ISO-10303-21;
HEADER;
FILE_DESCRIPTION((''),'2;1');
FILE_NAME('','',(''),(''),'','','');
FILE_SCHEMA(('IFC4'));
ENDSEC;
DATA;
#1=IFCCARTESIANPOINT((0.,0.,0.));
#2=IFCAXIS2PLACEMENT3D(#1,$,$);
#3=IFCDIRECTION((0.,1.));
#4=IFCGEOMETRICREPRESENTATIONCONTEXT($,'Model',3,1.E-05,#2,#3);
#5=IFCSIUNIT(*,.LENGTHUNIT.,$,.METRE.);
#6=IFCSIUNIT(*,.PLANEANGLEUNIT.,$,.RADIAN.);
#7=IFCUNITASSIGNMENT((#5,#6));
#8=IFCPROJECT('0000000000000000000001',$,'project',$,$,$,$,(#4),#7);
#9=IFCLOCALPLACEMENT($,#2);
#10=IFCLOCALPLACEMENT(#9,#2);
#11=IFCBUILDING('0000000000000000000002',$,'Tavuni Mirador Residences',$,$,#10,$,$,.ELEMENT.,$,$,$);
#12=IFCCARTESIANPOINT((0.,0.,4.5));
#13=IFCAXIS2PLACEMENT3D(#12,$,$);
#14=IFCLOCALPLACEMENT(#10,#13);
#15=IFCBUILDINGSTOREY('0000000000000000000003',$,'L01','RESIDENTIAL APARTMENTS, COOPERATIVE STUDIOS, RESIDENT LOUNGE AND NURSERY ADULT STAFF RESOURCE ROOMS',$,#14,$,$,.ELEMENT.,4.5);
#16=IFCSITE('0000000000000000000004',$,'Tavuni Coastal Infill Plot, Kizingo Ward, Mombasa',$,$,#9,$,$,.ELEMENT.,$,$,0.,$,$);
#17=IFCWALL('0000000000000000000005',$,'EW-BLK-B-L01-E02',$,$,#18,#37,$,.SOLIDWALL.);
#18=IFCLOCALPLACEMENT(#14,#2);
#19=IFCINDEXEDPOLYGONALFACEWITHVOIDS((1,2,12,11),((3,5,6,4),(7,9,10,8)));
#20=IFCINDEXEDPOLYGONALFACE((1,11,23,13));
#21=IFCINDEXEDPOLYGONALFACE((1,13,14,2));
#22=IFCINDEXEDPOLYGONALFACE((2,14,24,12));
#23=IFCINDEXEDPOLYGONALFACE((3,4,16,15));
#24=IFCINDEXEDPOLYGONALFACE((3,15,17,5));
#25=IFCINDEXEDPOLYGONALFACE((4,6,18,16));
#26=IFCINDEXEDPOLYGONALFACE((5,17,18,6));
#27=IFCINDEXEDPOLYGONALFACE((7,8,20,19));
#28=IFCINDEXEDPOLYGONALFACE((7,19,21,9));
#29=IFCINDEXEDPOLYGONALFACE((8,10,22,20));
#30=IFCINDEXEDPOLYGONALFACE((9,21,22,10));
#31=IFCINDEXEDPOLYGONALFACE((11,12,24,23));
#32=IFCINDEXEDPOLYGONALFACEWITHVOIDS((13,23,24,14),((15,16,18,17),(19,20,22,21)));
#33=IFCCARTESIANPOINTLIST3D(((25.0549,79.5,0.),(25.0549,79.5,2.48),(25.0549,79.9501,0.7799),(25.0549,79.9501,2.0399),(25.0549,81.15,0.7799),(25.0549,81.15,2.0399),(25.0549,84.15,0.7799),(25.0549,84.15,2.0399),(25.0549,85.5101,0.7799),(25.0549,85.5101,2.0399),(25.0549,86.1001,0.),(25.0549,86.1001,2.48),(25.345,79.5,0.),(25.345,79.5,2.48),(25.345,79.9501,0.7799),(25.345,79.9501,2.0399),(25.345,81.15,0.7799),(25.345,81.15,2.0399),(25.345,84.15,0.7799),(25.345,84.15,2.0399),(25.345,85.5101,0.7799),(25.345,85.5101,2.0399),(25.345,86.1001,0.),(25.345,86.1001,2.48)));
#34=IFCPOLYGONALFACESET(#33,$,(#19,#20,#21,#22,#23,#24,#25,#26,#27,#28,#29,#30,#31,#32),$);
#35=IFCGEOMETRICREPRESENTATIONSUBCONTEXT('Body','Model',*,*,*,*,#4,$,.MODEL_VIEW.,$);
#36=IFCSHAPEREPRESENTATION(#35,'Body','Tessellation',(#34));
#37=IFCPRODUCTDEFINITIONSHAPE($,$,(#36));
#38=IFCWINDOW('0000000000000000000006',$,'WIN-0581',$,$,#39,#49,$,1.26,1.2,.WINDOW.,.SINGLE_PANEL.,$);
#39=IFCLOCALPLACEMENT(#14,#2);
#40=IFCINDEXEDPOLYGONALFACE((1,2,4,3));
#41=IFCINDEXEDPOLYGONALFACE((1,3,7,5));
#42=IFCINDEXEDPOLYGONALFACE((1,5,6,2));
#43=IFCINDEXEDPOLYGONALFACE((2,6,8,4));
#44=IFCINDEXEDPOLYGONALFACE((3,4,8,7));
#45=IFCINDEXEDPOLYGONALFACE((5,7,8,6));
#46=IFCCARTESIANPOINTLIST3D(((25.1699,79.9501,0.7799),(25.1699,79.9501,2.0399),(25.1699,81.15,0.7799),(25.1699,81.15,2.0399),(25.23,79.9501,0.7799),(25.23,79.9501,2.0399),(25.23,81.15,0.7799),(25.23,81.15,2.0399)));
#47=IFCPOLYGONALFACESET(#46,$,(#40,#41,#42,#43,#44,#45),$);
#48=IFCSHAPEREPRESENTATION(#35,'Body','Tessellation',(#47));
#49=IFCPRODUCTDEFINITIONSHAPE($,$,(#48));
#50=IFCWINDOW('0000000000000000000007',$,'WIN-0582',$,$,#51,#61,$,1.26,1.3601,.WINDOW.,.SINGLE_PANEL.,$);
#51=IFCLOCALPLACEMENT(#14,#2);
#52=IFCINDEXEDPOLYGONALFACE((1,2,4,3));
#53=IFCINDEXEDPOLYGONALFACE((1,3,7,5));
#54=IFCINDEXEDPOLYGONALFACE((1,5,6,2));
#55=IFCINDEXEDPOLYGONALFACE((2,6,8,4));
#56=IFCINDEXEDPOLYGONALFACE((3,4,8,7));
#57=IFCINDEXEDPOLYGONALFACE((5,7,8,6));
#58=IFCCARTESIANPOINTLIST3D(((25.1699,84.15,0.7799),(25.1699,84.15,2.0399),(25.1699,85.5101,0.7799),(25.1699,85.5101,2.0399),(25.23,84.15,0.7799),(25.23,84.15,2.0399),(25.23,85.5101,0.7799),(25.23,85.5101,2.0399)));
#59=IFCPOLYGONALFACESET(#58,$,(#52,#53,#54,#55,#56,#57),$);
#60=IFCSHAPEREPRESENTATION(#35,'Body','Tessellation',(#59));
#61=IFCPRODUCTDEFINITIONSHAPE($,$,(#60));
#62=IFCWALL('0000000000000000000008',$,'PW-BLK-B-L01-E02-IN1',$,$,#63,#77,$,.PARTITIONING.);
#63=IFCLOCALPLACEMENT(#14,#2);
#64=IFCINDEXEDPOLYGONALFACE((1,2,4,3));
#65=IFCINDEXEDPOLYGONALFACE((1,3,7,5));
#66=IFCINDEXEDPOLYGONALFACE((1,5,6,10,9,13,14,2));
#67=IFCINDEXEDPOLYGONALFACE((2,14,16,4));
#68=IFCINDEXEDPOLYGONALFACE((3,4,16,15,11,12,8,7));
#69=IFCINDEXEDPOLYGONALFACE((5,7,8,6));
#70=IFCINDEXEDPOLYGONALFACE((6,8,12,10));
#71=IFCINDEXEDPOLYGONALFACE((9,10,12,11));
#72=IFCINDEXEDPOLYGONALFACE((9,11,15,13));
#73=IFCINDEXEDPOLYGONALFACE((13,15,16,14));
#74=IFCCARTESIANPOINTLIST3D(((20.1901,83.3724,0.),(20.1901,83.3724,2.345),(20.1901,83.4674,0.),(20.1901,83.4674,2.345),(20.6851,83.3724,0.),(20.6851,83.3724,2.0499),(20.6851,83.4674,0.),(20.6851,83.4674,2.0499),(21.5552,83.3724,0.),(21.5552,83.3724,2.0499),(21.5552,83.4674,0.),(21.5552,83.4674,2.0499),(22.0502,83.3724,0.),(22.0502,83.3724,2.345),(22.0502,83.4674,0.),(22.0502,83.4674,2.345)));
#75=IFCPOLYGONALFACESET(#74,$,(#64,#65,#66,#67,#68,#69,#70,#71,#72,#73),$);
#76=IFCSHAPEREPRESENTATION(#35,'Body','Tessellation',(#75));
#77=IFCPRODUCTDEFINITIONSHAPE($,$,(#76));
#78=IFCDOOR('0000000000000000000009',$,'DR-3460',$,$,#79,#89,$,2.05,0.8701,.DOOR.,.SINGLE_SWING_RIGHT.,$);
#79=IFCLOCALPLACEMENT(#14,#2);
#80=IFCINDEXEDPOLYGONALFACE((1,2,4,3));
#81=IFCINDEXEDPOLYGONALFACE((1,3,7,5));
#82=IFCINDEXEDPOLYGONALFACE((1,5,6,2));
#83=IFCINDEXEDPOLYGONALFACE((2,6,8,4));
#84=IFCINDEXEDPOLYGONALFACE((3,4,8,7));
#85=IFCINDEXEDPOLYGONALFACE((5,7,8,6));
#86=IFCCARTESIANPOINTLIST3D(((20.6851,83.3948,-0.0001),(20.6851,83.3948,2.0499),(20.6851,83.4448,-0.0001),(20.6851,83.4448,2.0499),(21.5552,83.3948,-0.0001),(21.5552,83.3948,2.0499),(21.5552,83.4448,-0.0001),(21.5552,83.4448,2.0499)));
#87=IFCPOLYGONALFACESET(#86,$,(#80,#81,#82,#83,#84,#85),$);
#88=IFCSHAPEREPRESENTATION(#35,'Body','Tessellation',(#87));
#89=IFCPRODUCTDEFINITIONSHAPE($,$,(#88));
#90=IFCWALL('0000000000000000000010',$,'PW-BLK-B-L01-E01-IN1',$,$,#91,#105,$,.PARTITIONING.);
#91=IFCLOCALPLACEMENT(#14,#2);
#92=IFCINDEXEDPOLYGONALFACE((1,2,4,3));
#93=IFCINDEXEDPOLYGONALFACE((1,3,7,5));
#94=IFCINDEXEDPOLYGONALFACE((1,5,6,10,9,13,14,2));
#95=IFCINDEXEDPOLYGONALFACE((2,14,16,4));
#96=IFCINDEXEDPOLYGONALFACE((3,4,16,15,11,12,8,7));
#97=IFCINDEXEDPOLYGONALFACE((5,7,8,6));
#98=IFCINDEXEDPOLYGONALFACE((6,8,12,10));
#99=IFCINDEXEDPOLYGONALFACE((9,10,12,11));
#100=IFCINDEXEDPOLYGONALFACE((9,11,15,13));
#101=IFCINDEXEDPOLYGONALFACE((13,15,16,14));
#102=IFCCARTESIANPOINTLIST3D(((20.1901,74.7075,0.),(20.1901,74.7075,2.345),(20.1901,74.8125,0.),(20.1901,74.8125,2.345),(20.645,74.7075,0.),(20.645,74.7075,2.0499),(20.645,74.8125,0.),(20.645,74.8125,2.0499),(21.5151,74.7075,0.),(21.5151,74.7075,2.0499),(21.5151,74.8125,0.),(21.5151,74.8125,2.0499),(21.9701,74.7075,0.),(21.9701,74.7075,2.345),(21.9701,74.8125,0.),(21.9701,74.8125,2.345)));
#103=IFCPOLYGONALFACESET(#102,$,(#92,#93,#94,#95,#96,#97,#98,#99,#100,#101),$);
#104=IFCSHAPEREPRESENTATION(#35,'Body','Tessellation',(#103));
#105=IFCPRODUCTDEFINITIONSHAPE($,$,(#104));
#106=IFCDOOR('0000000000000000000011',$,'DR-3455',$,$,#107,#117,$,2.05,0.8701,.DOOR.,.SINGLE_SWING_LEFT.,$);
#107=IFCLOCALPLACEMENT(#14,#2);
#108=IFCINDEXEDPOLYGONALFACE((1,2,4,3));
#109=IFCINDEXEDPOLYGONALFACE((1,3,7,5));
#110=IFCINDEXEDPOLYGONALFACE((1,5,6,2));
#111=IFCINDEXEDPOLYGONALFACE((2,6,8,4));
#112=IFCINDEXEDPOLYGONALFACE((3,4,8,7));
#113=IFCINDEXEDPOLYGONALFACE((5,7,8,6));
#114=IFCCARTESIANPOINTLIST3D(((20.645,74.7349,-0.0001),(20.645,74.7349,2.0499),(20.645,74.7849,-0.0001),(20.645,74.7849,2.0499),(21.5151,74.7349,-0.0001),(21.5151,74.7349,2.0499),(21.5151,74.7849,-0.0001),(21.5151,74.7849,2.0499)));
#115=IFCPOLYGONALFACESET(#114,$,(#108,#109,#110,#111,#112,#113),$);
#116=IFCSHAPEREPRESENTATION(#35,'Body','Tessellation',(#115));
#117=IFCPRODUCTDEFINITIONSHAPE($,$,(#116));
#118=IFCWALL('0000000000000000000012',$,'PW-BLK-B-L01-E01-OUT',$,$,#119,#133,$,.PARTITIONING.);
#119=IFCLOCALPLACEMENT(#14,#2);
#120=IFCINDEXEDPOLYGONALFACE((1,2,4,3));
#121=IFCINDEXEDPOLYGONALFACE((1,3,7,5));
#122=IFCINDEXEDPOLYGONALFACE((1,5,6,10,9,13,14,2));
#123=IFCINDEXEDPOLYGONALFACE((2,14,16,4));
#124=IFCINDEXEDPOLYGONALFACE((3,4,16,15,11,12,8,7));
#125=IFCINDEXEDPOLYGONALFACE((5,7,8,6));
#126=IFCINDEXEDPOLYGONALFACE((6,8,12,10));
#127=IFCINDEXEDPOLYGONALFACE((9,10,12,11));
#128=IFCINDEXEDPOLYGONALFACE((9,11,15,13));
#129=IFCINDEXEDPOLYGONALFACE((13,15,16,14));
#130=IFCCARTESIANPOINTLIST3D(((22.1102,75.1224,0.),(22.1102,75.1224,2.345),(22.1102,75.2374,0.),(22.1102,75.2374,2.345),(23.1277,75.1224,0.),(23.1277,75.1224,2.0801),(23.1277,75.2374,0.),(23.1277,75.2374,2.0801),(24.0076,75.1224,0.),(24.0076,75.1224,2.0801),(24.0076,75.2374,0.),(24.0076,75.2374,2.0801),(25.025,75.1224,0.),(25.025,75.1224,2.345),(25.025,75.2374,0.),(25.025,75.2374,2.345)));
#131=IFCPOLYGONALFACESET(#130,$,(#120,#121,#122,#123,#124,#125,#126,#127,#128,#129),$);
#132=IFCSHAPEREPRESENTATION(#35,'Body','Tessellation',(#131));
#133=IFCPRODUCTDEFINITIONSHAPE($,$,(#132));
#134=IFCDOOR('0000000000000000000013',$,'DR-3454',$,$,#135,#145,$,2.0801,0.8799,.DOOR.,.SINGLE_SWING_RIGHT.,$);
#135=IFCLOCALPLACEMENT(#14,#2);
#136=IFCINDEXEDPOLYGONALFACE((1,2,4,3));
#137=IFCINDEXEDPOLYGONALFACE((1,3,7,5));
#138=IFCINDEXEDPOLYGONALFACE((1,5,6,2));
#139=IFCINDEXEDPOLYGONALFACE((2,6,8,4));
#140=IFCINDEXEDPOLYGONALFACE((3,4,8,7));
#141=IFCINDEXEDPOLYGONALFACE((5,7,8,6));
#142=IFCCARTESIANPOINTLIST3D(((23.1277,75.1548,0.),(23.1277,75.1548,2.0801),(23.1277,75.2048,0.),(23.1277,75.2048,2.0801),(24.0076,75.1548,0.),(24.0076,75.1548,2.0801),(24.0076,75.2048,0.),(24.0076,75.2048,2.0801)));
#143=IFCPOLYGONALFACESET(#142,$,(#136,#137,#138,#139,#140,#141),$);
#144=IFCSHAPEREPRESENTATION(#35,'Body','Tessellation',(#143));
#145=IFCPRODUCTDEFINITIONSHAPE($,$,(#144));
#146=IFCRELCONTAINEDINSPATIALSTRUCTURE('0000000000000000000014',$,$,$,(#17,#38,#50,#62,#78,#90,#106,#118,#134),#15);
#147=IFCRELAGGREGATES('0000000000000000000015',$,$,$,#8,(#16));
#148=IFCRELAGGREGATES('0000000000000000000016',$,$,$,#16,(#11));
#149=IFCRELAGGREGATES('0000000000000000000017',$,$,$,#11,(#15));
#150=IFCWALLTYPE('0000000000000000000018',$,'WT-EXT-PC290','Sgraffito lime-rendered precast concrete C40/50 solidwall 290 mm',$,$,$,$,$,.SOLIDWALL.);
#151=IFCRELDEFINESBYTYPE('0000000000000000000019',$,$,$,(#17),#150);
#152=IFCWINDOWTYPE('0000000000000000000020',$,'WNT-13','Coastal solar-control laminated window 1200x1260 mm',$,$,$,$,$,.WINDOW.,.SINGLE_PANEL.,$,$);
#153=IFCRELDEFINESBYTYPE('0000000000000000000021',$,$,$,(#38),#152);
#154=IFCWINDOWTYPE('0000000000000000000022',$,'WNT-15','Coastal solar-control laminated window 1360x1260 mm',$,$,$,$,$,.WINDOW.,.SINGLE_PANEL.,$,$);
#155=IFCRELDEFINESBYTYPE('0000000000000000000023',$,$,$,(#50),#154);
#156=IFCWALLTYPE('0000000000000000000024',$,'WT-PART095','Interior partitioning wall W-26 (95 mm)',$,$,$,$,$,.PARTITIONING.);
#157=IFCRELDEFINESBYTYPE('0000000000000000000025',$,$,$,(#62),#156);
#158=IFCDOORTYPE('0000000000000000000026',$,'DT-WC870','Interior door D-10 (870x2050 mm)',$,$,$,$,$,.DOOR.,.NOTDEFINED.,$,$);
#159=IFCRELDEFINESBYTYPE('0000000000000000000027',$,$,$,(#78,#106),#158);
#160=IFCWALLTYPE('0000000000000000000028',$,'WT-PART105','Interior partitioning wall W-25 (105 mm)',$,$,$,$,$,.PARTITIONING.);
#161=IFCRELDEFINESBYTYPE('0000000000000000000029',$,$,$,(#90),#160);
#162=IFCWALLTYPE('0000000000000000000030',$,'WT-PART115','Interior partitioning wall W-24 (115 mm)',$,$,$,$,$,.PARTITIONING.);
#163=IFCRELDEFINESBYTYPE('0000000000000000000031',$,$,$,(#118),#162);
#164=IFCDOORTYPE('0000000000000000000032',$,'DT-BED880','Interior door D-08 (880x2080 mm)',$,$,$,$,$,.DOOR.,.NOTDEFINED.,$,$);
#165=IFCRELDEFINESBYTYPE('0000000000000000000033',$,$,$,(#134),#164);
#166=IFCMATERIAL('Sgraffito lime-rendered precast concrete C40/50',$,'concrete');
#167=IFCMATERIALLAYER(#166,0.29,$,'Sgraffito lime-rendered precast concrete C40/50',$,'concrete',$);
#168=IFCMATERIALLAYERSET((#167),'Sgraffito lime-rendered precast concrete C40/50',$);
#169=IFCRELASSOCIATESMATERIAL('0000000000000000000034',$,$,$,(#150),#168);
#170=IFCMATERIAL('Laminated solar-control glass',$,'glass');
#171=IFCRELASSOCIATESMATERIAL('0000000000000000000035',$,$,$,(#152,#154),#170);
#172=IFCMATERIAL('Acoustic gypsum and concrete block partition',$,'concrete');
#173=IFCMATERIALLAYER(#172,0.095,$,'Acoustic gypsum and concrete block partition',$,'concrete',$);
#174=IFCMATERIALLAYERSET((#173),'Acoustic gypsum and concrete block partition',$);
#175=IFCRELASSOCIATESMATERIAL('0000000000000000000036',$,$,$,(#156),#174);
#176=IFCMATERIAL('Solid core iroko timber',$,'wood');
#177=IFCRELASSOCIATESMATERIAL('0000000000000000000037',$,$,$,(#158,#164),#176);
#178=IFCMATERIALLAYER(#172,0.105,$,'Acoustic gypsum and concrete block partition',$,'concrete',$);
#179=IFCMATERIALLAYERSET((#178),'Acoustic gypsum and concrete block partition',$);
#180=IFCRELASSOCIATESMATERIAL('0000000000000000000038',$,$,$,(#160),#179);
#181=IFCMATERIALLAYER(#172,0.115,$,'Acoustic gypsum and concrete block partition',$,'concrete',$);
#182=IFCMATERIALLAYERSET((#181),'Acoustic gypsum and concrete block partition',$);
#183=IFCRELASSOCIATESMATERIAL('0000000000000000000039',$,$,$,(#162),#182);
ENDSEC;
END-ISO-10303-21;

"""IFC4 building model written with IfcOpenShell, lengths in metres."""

from ifc_helpers import new_model, si_unit, direction, frame, frame_2d, origin, place, context, subcontext, project, spatial, rectangle, extrude, material, layer, layer_set, type_object, element, fill, save


model = new_model("IFC4")

# Units and contexts
model_context = context("Model", 3, precision=1e-05, world=origin(), true_north=direction((0.0, 1.0)))
body_context = subcontext(model_context, "Body", "Model", "MODEL_VIEW")
ifc_project = project(units=[si_unit("LENGTHUNIT", "METRE"), si_unit("PLANEANGLEUNIT", "RADIAN")], contexts=[model_context])

# Site, building, storey
site_placement = place(None, origin())
site = spatial("IfcSite", under=ifc_project, at=site_placement, Name="Tavuni Coastal Infill Plot, Kizingo Ward, Mombasa", CompositionType="ELEMENT", RefElevation=0.0)
building_placement = place(site_placement, origin())
building = spatial("IfcBuilding", under=site, at=building_placement, Name="Tavuni Mirador Residences", CompositionType="ELEMENT")
storey_placement = place(building_placement, frame((0.0, 0.0, 4.5)))
storey = spatial("IfcBuildingStorey", under=building, at=storey_placement, Name="L01", Description="RESIDENTIAL APARTMENTS, COOPERATIVE STUDIOS, RESIDENT LOUNGE AND NURSERY ADULT STAFF RESOURCE ROOMS", CompositionType="ELEMENT", Elevation=4.5)

# Shared definitions
ifc_material_1 = material(Name="Solid core iroko timber", Category="wood")

# Wall, openings, windows
ifc_material_2 = material(Name="Sgraffito lime-rendered precast concrete C40/50", Category="concrete")
ifc_layer_1 = layer(ifc_material_2, 0.29, Name="Sgraffito lime-rendered precast concrete C40/50", Category="concrete")
ifc_layer_set_1 = layer_set([ifc_layer_1], Name="Sgraffito lime-rendered precast concrete C40/50")
wall_type_1 = type_object("IfcWallType", Name="WT-EXT-PC290", Description="Sgraffito lime-rendered precast concrete C40/50 solidwall 290 mm", PredefinedType="SOLIDWALL", material=ifc_layer_set_1)
wall_1_placement = place(storey_placement, frame((25.2, 79.5, 0.0), z_axis=(0.0, 0.0, 1.0), x_axis=(0.0, 1.0, 0.0)))
wall_1 = element("IfcWall", 1, at=wall_1_placement, inside=storey, type_object=wall_type_1, Name="EW-BLK-B-L01-E02", PredefinedType="SOLIDWALL", context=body_context, shape_type="SweptSolid", body=[
    extrude(rectangle(XDim=6.6001, YDim=0.29, at=frame_2d((3.3, 0.0))), origin(), (0.0, 0.0, 1.0), 2.48),
])
opening_1_placement = place(wall_1_placement, frame((0.45, 0.0, 0.78)))
opening_1 = element("IfcOpeningElement", 2, at=opening_1_placement, cuts=wall_1, PredefinedType="OPENING", context=body_context, shape_type="SweptSolid", body=[
    extrude(rectangle(XDim=1.2, YDim=1.26, at=frame_2d((0.6001, 0.6299))), frame((0.0, 0.155, 0.0), z_axis=(0.0, -1.0, 0.0), x_axis=(1.0, 0.0, 0.0)), (0.0, 0.0, 1.0), 0.3101),
])
opening_2_placement = place(wall_1_placement, frame((4.6499, 0.0, 0.78)))
opening_2 = element("IfcOpeningElement", 3, at=opening_2_placement, cuts=wall_1, PredefinedType="OPENING", context=body_context, shape_type="SweptSolid", body=[
    extrude(rectangle(XDim=1.3601, YDim=1.26, at=frame_2d((0.6802, 0.6299))), frame((0.0, 0.155, 0.0), z_axis=(0.0, -1.0, 0.0), x_axis=(1.0, 0.0, 0.0)), (0.0, 0.0, 1.0), 0.3101),
])
ifc_material_3 = material(Name="Laminated solar-control glass", Category="glass")
window_type_1 = type_object("IfcWindowType", Name="WNT-13", Description="Coastal solar-control laminated window 1200x1260 mm", PartitioningType="SINGLE_PANEL", PredefinedType="WINDOW", material=ifc_material_3)
window_1_placement = place(opening_1_placement, origin())
window_1 = element("IfcWindow", 4, at=window_1_placement, inside=storey, type_object=window_type_1, Name="WIN-0581", OverallHeight=1.26, OverallWidth=1.2, PartitioningType="SINGLE_PANEL", PredefinedType="WINDOW", context=body_context, shape_type="SweptSolid", body=[
    extrude(rectangle(XDim=1.2, YDim=1.26, at=frame_2d((0.6001, 0.6299))), frame((0.0, 0.03, 0.0), z_axis=(0.0, -1.0, 0.0), x_axis=(1.0, 0.0, 0.0)), (0.0, 0.0, 1.0), 0.0601),
])
fill(opening_1, window_1)
window_type_2 = type_object("IfcWindowType", Name="WNT-15", Description="Coastal solar-control laminated window 1360x1260 mm", PartitioningType="SINGLE_PANEL", PredefinedType="WINDOW", material=ifc_material_3)
window_2_placement = place(opening_2_placement, origin())
window_2 = element("IfcWindow", 5, at=window_2_placement, inside=storey, type_object=window_type_2, Name="WIN-0582", OverallHeight=1.26, OverallWidth=1.3601, PartitioningType="SINGLE_PANEL", PredefinedType="WINDOW", context=body_context, shape_type="SweptSolid", body=[
    extrude(rectangle(XDim=1.3601, YDim=1.26, at=frame_2d((0.6802, 0.6299))), frame((0.0, 0.03, 0.0), z_axis=(0.0, -1.0, 0.0), x_axis=(1.0, 0.0, 0.0)), (0.0, 0.0, 1.0), 0.0601),
])
fill(opening_2, window_2)

# Walls, openings, doors
ifc_material_4 = material(Name="Acoustic gypsum and concrete block partition", Category="concrete")
ifc_layer_2 = layer(ifc_material_4, 0.095, Name="Acoustic gypsum and concrete block partition", Category="concrete")
ifc_layer_set_2 = layer_set([ifc_layer_2], Name="Acoustic gypsum and concrete block partition")
wall_type_2 = type_object("IfcWallType", Name="WT-PART095", Description="Interior partitioning wall W-26 (95 mm)", PredefinedType="PARTITIONING", material=ifc_layer_set_2)
wall_2_placement = place(storey_placement, frame((20.1899, 83.4199, 0.0), z_axis=(0.0, 0.0, 1.0), x_axis=(1.0, 0.0, 0.0)))
wall_2 = element("IfcWall", 6, at=wall_2_placement, inside=storey, type_object=wall_type_2, Name="PW-BLK-B-L01-E02-IN1", PredefinedType="PARTITIONING", context=body_context, shape_type="SweptSolid", body=[
    extrude(rectangle(XDim=1.8601, YDim=0.095, at=frame_2d((0.9302, 0.0))), origin(), (0.0, 0.0, 1.0), 2.345),
])
opening_3_placement = place(wall_2_placement, frame((0.4951, 0.0, 0.0)))
opening_3 = element("IfcOpeningElement", 7, at=opening_3_placement, cuts=wall_2, PredefinedType="OPENING", context=body_context, shape_type="SweptSolid", body=[
    extrude(rectangle(XDim=0.8701, YDim=2.05, at=frame_2d((0.4351, 1.0249))), frame((0.0, 0.0576, 0.0), z_axis=(0.0, -1.0, 0.0), x_axis=(1.0, 0.0, 0.0)), (0.0, 0.0, 1.0), 0.115),
])
door_type_1 = type_object("IfcDoorType", Name="DT-WC870", Description="Interior door D-10 (870x2050 mm)", OperationType="NOTDEFINED", PredefinedType="DOOR", material=ifc_material_1)
door_1_placement = place(opening_3_placement, origin())
door_1 = element("IfcDoor", 8, at=door_1_placement, inside=storey, type_object=door_type_1, Name="DR-3460", OperationType="SINGLE_SWING_RIGHT", OverallHeight=2.05, OverallWidth=0.8701, PredefinedType="DOOR", context=body_context, shape_type="SweptSolid", body=[
    extrude(rectangle(XDim=0.8701, YDim=2.05, at=frame_2d((0.4351, 1.0249))), frame((0.0, 0.0249, 0.0), z_axis=(0.0, -1.0, 0.0), x_axis=(1.0, 0.0, 0.0)), (0.0, 0.0, 1.0), 0.05),
])
fill(opening_3, door_1)
ifc_layer_3 = layer(ifc_material_4, 0.105, Name="Acoustic gypsum and concrete block partition", Category="concrete")
ifc_layer_set_3 = layer_set([ifc_layer_3], Name="Acoustic gypsum and concrete block partition")
wall_type_3 = type_object("IfcWallType", Name="WT-PART105", Description="Interior partitioning wall W-25 (105 mm)", PredefinedType="PARTITIONING", material=ifc_layer_set_3)
wall_3_placement = place(storey_placement, frame((20.1899, 74.76, 0.0), z_axis=(0.0, 0.0, 1.0), x_axis=(1.0, 0.0, 0.0)))
wall_3 = element("IfcWall", 9, at=wall_3_placement, inside=storey, type_object=wall_type_3, Name="PW-BLK-B-L01-E01-IN1", PredefinedType="PARTITIONING", context=body_context, shape_type="SweptSolid", body=[
    extrude(rectangle(XDim=1.78, YDim=0.105, at=frame_2d((0.8901, 0.0))), origin(), (0.0, 0.0, 1.0), 2.345),
])
opening_4_placement = place(wall_3_placement, frame((0.4551, 0.0, 0.0)))
opening_4 = element("IfcOpeningElement", 10, at=opening_4_placement, cuts=wall_3, PredefinedType="OPENING", context=body_context, shape_type="SweptSolid", body=[
    extrude(rectangle(XDim=0.8701, YDim=2.05, at=frame_2d((0.4351, 1.0249))), frame((0.0, 0.0625, 0.0), z_axis=(0.0, -1.0, 0.0), x_axis=(1.0, 0.0, 0.0)), (0.0, 0.0, 1.0), 0.125),
])
door_2_placement = place(opening_4_placement, origin())
door_2 = element("IfcDoor", 11, at=door_2_placement, inside=storey, type_object=door_type_1, Name="DR-3455", OperationType="SINGLE_SWING_LEFT", OverallHeight=2.05, OverallWidth=0.8701, PredefinedType="DOOR", context=body_context, shape_type="SweptSolid", body=[
    extrude(rectangle(XDim=0.8701, YDim=2.05, at=frame_2d((0.4351, 1.0249))), frame((0.0, 0.0249, 0.0), z_axis=(0.0, -1.0, 0.0), x_axis=(1.0, 0.0, 0.0)), (0.0, 0.0, 1.0), 0.05),
])
fill(opening_4, door_2)
ifc_layer_4 = layer(ifc_material_4, 0.115, Name="Acoustic gypsum and concrete block partition", Category="concrete")
ifc_layer_set_4 = layer_set([ifc_layer_4], Name="Acoustic gypsum and concrete block partition")
wall_type_4 = type_object("IfcWallType", Name="WT-PART115", Description="Interior partitioning wall W-24 (115 mm)", PredefinedType="PARTITIONING", material=ifc_layer_set_4)
wall_4_placement = place(storey_placement, frame((22.1101, 75.1799, 0.0), z_axis=(0.0, 0.0, 1.0), x_axis=(1.0, 0.0, 0.0)))
wall_4 = element("IfcWall", 12, at=wall_4_placement, inside=storey, type_object=wall_type_4, Name="PW-BLK-B-L01-E01-OUT", PredefinedType="PARTITIONING", context=body_context, shape_type="SweptSolid", body=[
    extrude(rectangle(XDim=2.9148, YDim=0.115, at=frame_2d((1.4575, 0.0))), origin(), (0.0, 0.0, 1.0), 2.345),
])
opening_5_placement = place(wall_4_placement, frame((1.0176, 0.0, 0.0)))
opening_5 = element("IfcOpeningElement", 13, at=opening_5_placement, cuts=wall_4, PredefinedType="OPENING", context=body_context, shape_type="SweptSolid", body=[
    extrude(rectangle(XDim=0.8799, YDim=2.0801, at=frame_2d((0.4399, 1.04))), frame((0.0, 0.0674, 0.0), z_axis=(0.0, -1.0, 0.0), x_axis=(1.0, 0.0, 0.0)), (0.0, 0.0, 1.0), 0.135),
])
door_type_2 = type_object("IfcDoorType", Name="DT-BED880", Description="Interior door D-08 (880x2080 mm)", OperationType="NOTDEFINED", PredefinedType="DOOR", material=ifc_material_1)
door_3_placement = place(opening_5_placement, origin())
door_3 = element("IfcDoor", 14, at=door_3_placement, inside=storey, type_object=door_type_2, Name="DR-3454", OperationType="SINGLE_SWING_RIGHT", OverallHeight=2.0801, OverallWidth=0.8799, PredefinedType="DOOR", context=body_context, shape_type="SweptSolid", body=[
    extrude(rectangle(XDim=0.8799, YDim=2.0801, at=frame_2d((0.4399, 1.04))), frame((0.0, 0.0249, 0.0), z_axis=(0.0, -1.0, 0.0), x_axis=(1.0, 0.0, 0.0)), (0.0, 0.0, 1.0), 0.05),
])
fill(opening_5, door_3)

save(model, "model.ifc")
